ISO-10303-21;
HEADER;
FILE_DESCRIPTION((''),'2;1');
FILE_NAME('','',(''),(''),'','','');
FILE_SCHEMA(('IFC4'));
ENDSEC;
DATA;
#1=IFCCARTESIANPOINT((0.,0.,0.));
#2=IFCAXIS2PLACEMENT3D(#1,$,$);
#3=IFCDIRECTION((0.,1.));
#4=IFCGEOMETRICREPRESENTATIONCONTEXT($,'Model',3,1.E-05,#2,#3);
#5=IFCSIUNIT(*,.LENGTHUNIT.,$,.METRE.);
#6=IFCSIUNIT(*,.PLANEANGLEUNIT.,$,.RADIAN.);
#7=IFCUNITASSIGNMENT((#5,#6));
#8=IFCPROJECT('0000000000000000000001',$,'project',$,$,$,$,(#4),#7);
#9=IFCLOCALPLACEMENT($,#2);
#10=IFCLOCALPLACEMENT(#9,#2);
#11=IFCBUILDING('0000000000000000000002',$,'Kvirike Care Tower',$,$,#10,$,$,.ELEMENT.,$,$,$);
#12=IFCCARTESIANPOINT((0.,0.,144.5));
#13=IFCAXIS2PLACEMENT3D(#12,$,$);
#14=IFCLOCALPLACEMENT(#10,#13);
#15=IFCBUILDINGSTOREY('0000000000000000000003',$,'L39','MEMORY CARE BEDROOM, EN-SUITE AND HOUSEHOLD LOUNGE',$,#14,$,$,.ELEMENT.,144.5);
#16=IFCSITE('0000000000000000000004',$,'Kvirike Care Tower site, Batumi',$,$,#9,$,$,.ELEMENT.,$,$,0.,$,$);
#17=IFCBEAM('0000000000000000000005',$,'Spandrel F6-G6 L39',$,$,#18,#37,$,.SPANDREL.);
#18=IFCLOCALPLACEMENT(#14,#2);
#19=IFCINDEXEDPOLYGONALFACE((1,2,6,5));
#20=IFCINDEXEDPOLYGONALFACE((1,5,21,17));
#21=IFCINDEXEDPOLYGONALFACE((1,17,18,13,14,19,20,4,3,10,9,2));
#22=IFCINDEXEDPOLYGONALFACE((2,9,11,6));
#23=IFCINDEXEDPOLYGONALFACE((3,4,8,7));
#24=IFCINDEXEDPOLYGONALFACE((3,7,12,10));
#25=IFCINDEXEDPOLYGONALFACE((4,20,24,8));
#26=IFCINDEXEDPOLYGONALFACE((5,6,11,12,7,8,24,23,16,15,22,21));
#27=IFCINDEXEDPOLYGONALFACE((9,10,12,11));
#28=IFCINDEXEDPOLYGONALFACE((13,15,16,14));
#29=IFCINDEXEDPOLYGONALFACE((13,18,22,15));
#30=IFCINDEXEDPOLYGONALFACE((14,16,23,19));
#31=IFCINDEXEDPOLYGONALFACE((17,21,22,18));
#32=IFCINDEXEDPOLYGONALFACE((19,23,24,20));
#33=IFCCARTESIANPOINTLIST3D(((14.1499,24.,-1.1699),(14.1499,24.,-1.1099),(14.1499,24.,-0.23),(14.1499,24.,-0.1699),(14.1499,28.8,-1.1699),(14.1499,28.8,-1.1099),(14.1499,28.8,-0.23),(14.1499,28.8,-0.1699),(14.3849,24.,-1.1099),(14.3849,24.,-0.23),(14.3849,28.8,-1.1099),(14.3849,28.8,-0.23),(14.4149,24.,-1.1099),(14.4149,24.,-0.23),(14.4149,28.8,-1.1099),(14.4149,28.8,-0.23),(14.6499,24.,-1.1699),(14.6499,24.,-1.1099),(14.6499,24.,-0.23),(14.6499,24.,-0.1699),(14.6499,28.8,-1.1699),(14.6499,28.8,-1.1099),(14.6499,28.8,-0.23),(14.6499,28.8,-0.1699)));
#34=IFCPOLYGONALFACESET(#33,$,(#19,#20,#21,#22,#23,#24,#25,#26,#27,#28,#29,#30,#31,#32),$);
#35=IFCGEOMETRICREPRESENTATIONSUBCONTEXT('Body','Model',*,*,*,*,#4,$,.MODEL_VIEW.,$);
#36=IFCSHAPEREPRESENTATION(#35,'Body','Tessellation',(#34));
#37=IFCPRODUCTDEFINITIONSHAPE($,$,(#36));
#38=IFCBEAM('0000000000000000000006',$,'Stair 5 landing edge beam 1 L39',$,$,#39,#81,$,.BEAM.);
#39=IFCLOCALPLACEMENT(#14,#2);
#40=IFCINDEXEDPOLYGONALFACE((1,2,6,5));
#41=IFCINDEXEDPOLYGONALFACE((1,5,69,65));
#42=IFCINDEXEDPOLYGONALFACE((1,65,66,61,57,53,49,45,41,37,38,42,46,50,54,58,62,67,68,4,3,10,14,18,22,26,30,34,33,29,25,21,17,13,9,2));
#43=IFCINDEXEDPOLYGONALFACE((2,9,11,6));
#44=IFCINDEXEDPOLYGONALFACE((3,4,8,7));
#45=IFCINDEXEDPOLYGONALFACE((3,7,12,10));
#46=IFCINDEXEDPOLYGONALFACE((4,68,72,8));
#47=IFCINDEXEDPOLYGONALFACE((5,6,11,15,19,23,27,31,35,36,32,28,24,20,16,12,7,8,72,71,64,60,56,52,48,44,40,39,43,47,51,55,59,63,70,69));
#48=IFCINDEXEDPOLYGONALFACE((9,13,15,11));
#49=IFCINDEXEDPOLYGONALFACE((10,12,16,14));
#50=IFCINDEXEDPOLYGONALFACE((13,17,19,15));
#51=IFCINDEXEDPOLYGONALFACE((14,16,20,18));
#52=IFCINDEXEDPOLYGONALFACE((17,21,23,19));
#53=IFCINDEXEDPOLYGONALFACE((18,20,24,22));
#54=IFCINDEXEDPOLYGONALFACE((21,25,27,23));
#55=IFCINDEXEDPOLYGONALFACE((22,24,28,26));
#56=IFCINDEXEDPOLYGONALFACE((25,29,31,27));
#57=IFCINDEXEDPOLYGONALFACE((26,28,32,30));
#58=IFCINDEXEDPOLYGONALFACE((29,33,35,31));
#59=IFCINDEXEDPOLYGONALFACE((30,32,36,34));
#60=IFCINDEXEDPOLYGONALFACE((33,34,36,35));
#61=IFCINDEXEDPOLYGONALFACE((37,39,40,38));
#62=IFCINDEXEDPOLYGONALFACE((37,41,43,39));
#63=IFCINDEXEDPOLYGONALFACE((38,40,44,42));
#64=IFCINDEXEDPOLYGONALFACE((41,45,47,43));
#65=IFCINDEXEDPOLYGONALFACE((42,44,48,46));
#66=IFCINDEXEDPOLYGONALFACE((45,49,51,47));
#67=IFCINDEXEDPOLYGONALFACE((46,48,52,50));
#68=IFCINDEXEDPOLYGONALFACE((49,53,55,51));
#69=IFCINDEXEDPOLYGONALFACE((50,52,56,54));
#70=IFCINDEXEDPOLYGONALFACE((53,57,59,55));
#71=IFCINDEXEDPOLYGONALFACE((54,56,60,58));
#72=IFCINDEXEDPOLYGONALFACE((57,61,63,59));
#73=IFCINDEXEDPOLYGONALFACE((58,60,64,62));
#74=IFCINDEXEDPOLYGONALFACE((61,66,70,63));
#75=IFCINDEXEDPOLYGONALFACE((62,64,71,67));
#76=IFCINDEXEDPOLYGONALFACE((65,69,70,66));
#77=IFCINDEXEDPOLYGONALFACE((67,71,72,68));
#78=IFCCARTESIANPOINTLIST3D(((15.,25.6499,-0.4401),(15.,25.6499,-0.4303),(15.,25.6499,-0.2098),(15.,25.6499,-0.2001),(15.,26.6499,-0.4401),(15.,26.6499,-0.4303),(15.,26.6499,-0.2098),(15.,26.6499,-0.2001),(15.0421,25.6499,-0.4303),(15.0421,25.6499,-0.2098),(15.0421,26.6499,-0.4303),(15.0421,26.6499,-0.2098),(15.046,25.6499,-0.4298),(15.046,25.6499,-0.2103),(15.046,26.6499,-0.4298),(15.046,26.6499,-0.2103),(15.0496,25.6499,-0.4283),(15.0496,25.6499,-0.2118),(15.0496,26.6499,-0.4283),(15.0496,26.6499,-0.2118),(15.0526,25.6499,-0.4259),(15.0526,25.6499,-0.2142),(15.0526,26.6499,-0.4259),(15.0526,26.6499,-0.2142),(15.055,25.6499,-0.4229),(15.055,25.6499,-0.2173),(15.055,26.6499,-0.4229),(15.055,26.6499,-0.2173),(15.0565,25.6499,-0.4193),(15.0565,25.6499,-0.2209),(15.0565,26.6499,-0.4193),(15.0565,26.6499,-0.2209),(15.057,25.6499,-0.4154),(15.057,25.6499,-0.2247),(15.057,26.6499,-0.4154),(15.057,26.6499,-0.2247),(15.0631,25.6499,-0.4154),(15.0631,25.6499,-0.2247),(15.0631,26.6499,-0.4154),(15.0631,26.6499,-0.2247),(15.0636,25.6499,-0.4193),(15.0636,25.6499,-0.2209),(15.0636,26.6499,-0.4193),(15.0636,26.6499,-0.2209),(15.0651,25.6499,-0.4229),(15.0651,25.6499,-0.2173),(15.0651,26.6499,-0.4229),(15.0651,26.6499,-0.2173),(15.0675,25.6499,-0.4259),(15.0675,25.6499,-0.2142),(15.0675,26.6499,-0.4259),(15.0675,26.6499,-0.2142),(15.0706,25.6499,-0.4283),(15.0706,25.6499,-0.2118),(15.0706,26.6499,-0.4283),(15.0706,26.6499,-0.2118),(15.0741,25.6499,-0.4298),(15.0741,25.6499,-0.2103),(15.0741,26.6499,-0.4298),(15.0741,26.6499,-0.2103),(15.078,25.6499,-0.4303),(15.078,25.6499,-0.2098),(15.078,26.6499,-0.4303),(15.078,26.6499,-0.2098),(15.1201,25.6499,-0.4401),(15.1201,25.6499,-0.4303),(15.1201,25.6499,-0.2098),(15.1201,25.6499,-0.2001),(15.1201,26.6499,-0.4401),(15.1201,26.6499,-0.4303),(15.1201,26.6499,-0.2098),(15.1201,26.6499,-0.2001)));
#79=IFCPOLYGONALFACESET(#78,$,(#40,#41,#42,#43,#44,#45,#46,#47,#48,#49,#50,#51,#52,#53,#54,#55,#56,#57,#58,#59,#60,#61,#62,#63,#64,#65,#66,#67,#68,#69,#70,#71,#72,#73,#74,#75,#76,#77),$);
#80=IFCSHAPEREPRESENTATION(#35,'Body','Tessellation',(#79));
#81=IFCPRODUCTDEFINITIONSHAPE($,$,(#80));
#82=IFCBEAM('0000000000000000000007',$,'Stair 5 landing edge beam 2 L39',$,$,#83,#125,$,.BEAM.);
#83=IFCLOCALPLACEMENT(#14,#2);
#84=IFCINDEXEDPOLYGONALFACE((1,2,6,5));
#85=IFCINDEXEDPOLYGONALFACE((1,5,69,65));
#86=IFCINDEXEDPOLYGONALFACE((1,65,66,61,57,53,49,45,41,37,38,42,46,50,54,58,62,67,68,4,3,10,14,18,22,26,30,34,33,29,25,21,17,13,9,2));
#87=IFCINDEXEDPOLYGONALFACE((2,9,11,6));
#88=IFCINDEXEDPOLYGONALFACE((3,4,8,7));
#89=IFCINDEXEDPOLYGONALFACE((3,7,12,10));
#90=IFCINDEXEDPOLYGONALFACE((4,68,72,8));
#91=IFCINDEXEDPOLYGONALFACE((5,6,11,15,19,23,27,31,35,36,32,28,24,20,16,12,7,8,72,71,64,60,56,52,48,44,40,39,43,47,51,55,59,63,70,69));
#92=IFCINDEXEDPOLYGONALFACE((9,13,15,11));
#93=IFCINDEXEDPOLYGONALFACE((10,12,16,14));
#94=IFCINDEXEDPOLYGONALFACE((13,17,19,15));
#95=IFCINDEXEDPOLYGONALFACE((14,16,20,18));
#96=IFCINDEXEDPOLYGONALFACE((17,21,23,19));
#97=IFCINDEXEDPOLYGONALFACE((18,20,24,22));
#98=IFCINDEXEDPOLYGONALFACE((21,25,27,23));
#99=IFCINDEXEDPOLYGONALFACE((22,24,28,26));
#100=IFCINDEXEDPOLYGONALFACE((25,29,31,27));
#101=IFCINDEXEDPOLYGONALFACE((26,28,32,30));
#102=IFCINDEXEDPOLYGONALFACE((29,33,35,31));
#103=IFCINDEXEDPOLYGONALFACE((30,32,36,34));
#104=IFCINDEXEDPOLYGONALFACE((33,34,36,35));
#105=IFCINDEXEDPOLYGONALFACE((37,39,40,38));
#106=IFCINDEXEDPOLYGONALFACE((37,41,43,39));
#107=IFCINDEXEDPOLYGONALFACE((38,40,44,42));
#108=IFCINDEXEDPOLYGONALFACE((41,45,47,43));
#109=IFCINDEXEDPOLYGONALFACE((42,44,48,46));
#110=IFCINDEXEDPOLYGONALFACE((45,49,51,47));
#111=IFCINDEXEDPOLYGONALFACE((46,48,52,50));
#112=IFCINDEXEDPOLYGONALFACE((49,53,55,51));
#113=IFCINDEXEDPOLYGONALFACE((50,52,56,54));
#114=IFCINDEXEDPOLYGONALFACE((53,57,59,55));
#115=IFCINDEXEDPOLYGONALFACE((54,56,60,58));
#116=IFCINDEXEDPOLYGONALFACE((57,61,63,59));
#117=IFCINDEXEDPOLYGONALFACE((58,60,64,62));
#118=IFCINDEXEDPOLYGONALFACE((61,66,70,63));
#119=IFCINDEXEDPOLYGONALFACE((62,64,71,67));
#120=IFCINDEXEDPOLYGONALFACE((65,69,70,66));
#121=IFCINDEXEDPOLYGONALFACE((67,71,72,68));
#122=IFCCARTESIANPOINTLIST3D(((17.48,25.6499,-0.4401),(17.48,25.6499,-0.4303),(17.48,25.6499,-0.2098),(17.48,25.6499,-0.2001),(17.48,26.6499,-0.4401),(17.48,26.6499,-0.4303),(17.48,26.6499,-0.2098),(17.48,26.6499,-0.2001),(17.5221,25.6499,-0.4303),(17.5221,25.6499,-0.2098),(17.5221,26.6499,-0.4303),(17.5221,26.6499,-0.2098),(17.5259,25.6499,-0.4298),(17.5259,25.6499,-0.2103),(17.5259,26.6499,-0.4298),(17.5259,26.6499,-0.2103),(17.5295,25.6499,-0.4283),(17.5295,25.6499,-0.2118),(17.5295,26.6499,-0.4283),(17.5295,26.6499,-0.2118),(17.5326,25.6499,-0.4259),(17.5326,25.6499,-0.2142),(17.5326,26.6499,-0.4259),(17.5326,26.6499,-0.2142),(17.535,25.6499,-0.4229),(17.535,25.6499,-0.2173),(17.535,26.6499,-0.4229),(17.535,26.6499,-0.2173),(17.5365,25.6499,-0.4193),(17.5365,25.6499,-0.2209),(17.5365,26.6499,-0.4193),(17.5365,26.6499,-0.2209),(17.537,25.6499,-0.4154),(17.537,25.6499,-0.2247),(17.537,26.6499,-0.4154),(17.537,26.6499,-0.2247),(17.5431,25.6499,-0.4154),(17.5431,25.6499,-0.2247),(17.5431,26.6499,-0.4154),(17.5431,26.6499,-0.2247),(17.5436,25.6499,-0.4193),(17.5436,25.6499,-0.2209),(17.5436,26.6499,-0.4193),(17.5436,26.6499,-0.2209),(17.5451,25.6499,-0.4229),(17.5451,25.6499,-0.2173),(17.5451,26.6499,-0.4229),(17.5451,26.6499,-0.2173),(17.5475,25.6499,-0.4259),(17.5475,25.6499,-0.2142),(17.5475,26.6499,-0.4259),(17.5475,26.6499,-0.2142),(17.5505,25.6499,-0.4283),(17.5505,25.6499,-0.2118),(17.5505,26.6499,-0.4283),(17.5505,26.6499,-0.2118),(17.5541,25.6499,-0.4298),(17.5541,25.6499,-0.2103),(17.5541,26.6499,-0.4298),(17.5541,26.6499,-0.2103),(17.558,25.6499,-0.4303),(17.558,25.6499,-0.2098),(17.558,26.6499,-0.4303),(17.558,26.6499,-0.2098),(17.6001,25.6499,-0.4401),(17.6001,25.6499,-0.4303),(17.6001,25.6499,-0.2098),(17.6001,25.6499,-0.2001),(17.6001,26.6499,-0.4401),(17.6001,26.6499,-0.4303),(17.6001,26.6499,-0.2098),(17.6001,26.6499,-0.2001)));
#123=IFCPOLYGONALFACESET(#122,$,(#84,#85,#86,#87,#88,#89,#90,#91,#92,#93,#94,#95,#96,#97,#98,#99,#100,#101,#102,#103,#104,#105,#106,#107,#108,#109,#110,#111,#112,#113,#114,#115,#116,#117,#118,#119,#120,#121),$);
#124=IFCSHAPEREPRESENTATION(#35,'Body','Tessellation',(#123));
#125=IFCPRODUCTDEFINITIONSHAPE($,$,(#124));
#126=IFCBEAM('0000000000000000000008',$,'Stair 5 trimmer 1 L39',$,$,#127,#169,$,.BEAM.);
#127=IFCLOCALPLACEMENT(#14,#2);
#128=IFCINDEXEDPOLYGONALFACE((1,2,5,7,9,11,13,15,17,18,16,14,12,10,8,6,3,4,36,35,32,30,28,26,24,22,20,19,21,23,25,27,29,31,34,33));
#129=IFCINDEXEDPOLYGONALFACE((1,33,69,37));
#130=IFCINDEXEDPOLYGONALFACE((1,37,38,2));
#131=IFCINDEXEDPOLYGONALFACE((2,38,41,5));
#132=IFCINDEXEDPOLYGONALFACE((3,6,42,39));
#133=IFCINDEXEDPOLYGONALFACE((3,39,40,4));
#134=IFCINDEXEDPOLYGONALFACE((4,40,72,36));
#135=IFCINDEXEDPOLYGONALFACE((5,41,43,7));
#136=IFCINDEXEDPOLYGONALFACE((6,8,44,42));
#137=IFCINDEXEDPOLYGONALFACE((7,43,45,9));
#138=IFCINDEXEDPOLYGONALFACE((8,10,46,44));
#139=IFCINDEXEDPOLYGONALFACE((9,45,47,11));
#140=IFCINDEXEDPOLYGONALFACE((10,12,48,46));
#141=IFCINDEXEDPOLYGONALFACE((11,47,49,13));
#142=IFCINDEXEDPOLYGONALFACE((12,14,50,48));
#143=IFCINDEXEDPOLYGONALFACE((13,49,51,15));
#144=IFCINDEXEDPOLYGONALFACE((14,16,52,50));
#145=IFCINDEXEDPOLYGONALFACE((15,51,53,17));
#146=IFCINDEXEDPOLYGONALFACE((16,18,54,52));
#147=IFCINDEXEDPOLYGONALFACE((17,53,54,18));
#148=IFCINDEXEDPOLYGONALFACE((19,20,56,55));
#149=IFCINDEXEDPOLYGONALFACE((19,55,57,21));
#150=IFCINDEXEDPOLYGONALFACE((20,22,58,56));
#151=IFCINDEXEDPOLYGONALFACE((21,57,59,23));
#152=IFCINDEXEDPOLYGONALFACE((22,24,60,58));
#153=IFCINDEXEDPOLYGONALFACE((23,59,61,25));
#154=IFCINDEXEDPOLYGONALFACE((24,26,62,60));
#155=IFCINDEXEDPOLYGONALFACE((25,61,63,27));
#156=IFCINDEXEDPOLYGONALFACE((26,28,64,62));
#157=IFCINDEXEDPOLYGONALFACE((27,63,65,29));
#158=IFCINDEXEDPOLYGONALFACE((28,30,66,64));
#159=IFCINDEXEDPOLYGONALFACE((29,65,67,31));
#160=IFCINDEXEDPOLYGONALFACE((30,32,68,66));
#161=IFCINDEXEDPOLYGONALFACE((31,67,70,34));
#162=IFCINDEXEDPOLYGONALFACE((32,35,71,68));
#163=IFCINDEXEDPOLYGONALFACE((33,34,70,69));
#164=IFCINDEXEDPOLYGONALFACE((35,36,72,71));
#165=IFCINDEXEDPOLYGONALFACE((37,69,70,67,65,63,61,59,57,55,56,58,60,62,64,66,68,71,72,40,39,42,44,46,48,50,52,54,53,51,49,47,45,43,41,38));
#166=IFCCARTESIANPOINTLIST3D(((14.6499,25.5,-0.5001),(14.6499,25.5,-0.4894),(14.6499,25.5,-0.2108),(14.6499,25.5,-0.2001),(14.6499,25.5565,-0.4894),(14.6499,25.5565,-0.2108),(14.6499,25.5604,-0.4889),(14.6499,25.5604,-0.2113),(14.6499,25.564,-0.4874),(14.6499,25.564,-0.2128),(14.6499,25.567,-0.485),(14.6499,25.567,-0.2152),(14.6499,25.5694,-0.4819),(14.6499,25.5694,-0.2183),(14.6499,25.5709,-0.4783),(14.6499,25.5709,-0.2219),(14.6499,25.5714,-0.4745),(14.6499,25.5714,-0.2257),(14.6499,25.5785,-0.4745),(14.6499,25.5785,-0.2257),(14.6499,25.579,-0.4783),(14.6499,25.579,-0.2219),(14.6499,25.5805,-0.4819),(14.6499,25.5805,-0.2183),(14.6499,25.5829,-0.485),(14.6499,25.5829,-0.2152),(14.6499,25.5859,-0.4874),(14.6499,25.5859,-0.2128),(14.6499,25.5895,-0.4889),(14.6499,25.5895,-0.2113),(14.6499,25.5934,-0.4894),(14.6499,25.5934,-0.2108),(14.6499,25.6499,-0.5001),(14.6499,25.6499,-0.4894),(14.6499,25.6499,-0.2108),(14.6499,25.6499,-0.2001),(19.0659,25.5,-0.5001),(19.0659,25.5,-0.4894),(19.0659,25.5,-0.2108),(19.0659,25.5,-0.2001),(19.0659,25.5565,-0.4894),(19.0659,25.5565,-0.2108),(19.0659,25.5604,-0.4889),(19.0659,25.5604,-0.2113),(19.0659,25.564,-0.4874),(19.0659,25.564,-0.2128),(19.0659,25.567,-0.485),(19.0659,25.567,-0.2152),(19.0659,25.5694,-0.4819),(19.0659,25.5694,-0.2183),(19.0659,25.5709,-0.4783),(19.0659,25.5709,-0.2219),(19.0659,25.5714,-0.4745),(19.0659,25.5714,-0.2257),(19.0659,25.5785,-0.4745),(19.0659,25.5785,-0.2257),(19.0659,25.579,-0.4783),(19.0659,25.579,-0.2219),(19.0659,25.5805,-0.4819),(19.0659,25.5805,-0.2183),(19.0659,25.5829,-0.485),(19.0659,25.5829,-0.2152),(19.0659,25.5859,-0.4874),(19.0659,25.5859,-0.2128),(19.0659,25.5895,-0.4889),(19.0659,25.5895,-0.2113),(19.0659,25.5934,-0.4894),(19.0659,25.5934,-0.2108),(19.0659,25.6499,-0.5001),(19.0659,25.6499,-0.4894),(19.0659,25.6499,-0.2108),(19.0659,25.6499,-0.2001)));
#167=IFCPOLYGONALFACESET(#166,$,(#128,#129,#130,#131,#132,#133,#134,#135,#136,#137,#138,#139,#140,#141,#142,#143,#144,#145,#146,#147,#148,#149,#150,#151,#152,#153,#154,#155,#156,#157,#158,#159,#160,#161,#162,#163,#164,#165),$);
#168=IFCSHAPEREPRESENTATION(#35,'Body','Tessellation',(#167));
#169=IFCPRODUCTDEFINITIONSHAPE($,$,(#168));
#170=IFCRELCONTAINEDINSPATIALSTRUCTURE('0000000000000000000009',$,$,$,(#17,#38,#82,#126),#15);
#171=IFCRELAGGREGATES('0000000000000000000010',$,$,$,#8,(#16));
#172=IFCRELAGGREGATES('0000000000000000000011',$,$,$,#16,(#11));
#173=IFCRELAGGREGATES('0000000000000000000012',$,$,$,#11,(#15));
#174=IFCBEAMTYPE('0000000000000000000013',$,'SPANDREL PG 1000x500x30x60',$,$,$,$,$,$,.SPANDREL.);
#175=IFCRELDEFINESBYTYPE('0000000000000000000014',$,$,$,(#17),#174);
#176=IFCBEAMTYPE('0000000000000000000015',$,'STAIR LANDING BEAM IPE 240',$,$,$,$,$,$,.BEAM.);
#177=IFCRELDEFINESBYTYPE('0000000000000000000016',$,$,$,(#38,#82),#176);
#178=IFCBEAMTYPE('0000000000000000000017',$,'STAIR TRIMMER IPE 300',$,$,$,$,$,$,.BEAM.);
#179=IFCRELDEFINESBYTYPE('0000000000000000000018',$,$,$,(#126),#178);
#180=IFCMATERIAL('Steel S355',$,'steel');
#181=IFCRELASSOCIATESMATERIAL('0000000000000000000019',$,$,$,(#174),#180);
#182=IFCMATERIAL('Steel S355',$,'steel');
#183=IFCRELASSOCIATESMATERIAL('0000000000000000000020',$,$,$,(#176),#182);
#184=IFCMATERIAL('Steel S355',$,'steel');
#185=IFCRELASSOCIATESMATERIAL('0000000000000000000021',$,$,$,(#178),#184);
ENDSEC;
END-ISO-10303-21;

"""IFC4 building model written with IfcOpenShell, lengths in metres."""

from ifc_helpers import new_model, si_unit, direction, frame, origin, origin_2d, place, context, subcontext, project, spatial, i_section, extrude, material, material_profile, profile_set, type_object, element, save


model = new_model("IFC4")

# Units and contexts
model_context = context("Model", 3, precision=1e-05, world=origin(), true_north=direction((0.0, 1.0)))
body_context = subcontext(model_context, "Body", "Model", "MODEL_VIEW")
ifc_project = project(units=[si_unit("LENGTHUNIT", "METRE"), si_unit("PLANEANGLEUNIT", "RADIAN")], contexts=[model_context])

# Site, building, storey
site_placement = place(None, origin())
site = spatial("IfcSite", under=ifc_project, at=site_placement, Name="Kvirike Care Tower site, Batumi", CompositionType="ELEMENT", RefElevation=0.0)
building_placement = place(site_placement, origin())
building = spatial("IfcBuilding", under=site, at=building_placement, Name="Kvirike Care Tower", CompositionType="ELEMENT")
storey_placement = place(building_placement, frame((0.0, 0.0, 144.5)))
storey = spatial("IfcBuildingStorey", under=building, at=storey_placement, Name="L39", Description="MEMORY CARE BEDROOM, EN-SUITE AND HOUSEHOLD LOUNGE", CompositionType="ELEMENT", Elevation=144.5)

# Beams
ifc_material_1 = material(Name="Steel S355", Category="steel")
ifc_material_profile_1 = material_profile(ifc_material_1, i_section(OverallWidth=0.5, OverallDepth=1.0, WebThickness=0.03, FlangeThickness=0.0601, at=origin_2d()), Name="PG 1000x500x30x60")
ifc_profile_set_1 = profile_set([ifc_material_profile_1], Name="Steel S355")
beam_type_1 = type_object("IfcBeamType", Name="SPANDREL PG 1000x500x30x60", PredefinedType="SPANDREL", material=ifc_profile_set_1)
beam_1_placement = place(storey_placement, frame((14.3999, 24.0, -0.6699), z_axis=(0.0, 1.0, 0.0), x_axis=(-1.0, 0.0, 0.0)))
element("IfcBeam", 1, at=beam_1_placement, inside=storey, type_object=beam_type_1, Name="Spandrel F6-G6 L39", PredefinedType="SPANDREL", context=body_context, shape_type="SweptSolid", body=[
    extrude(i_section(OverallWidth=0.5, OverallDepth=1.0, WebThickness=0.03, FlangeThickness=0.0601, at=origin_2d()), origin(), (0.0, 0.0, 1.0), 4.8),
])
ifc_material_2 = material(Name="Steel S355", Category="steel")
ifc_material_profile_2 = material_profile(ifc_material_2, i_section(OverallWidth=0.1201, OverallDepth=0.24, WebThickness=0.0061, FlangeThickness=0.0098, FilletRadius=0.0149, at=origin_2d()), Name="IPE 240")
ifc_profile_set_2 = profile_set([ifc_material_profile_2], Name="Steel S355")
beam_type_2 = type_object("IfcBeamType", Name="STAIR LANDING BEAM IPE 240", PredefinedType="BEAM", material=ifc_profile_set_2)
for number, where, z_axis, x_axis, name in (
    (2, (15.0601, 25.6499, -0.3201), (0.0, 1.0, 0.0), (-1.0, 0.0, 0.0), "Stair 5 landing edge beam 1 L39"),
    (3, (17.54, 25.6499, -0.3201), (0.0, 1.0, 0.0), (-1.0, 0.0, 0.0), "Stair 5 landing edge beam 2 L39"),
):
    element("IfcBeam", number, at=place(storey_placement, frame(where, z_axis=z_axis, x_axis=x_axis)), inside=storey, type_object=beam_type_2, Name=name, PredefinedType="BEAM", context=body_context, shape_type="SweptSolid", body=[
        extrude(i_section(OverallWidth=0.1201, OverallDepth=0.24, WebThickness=0.0061, FlangeThickness=0.0098, FilletRadius=0.0149, at=origin_2d()), origin(), (0.0, 0.0, 1.0), 1.0),
    ])
ifc_material_3 = material(Name="Steel S355", Category="steel")
ifc_material_profile_3 = material_profile(ifc_material_3, i_section(OverallWidth=0.1499, OverallDepth=0.3, WebThickness=0.0071, FlangeThickness=0.0107, FilletRadius=0.0149, at=origin_2d()), Name="IPE 300")
ifc_profile_set_3 = profile_set([ifc_material_profile_3], Name="Steel S355")
beam_type_3 = type_object("IfcBeamType", Name="STAIR TRIMMER IPE 300", PredefinedType="BEAM", material=ifc_profile_set_3)
for number, where, z_axis, x_axis, name in (
    (4, (14.6499, 25.575, -0.3501), (1.0, 0.0, 0.0), (0.0, 1.0, 0.0), "Stair 5 trimmer 1 L39"),
):
    element("IfcBeam", number, at=place(storey_placement, frame(where, z_axis=z_axis, x_axis=x_axis)), inside=storey, type_object=beam_type_3, Name=name, PredefinedType="BEAM", context=body_context, shape_type="SweptSolid", body=[
        extrude(i_section(OverallWidth=0.1499, OverallDepth=0.3, WebThickness=0.0071, FlangeThickness=0.0107, FilletRadius=0.0149, at=origin_2d()), origin(), (0.0, 0.0, 1.0), 4.416),
    ])

save(model, "model.ifc")
